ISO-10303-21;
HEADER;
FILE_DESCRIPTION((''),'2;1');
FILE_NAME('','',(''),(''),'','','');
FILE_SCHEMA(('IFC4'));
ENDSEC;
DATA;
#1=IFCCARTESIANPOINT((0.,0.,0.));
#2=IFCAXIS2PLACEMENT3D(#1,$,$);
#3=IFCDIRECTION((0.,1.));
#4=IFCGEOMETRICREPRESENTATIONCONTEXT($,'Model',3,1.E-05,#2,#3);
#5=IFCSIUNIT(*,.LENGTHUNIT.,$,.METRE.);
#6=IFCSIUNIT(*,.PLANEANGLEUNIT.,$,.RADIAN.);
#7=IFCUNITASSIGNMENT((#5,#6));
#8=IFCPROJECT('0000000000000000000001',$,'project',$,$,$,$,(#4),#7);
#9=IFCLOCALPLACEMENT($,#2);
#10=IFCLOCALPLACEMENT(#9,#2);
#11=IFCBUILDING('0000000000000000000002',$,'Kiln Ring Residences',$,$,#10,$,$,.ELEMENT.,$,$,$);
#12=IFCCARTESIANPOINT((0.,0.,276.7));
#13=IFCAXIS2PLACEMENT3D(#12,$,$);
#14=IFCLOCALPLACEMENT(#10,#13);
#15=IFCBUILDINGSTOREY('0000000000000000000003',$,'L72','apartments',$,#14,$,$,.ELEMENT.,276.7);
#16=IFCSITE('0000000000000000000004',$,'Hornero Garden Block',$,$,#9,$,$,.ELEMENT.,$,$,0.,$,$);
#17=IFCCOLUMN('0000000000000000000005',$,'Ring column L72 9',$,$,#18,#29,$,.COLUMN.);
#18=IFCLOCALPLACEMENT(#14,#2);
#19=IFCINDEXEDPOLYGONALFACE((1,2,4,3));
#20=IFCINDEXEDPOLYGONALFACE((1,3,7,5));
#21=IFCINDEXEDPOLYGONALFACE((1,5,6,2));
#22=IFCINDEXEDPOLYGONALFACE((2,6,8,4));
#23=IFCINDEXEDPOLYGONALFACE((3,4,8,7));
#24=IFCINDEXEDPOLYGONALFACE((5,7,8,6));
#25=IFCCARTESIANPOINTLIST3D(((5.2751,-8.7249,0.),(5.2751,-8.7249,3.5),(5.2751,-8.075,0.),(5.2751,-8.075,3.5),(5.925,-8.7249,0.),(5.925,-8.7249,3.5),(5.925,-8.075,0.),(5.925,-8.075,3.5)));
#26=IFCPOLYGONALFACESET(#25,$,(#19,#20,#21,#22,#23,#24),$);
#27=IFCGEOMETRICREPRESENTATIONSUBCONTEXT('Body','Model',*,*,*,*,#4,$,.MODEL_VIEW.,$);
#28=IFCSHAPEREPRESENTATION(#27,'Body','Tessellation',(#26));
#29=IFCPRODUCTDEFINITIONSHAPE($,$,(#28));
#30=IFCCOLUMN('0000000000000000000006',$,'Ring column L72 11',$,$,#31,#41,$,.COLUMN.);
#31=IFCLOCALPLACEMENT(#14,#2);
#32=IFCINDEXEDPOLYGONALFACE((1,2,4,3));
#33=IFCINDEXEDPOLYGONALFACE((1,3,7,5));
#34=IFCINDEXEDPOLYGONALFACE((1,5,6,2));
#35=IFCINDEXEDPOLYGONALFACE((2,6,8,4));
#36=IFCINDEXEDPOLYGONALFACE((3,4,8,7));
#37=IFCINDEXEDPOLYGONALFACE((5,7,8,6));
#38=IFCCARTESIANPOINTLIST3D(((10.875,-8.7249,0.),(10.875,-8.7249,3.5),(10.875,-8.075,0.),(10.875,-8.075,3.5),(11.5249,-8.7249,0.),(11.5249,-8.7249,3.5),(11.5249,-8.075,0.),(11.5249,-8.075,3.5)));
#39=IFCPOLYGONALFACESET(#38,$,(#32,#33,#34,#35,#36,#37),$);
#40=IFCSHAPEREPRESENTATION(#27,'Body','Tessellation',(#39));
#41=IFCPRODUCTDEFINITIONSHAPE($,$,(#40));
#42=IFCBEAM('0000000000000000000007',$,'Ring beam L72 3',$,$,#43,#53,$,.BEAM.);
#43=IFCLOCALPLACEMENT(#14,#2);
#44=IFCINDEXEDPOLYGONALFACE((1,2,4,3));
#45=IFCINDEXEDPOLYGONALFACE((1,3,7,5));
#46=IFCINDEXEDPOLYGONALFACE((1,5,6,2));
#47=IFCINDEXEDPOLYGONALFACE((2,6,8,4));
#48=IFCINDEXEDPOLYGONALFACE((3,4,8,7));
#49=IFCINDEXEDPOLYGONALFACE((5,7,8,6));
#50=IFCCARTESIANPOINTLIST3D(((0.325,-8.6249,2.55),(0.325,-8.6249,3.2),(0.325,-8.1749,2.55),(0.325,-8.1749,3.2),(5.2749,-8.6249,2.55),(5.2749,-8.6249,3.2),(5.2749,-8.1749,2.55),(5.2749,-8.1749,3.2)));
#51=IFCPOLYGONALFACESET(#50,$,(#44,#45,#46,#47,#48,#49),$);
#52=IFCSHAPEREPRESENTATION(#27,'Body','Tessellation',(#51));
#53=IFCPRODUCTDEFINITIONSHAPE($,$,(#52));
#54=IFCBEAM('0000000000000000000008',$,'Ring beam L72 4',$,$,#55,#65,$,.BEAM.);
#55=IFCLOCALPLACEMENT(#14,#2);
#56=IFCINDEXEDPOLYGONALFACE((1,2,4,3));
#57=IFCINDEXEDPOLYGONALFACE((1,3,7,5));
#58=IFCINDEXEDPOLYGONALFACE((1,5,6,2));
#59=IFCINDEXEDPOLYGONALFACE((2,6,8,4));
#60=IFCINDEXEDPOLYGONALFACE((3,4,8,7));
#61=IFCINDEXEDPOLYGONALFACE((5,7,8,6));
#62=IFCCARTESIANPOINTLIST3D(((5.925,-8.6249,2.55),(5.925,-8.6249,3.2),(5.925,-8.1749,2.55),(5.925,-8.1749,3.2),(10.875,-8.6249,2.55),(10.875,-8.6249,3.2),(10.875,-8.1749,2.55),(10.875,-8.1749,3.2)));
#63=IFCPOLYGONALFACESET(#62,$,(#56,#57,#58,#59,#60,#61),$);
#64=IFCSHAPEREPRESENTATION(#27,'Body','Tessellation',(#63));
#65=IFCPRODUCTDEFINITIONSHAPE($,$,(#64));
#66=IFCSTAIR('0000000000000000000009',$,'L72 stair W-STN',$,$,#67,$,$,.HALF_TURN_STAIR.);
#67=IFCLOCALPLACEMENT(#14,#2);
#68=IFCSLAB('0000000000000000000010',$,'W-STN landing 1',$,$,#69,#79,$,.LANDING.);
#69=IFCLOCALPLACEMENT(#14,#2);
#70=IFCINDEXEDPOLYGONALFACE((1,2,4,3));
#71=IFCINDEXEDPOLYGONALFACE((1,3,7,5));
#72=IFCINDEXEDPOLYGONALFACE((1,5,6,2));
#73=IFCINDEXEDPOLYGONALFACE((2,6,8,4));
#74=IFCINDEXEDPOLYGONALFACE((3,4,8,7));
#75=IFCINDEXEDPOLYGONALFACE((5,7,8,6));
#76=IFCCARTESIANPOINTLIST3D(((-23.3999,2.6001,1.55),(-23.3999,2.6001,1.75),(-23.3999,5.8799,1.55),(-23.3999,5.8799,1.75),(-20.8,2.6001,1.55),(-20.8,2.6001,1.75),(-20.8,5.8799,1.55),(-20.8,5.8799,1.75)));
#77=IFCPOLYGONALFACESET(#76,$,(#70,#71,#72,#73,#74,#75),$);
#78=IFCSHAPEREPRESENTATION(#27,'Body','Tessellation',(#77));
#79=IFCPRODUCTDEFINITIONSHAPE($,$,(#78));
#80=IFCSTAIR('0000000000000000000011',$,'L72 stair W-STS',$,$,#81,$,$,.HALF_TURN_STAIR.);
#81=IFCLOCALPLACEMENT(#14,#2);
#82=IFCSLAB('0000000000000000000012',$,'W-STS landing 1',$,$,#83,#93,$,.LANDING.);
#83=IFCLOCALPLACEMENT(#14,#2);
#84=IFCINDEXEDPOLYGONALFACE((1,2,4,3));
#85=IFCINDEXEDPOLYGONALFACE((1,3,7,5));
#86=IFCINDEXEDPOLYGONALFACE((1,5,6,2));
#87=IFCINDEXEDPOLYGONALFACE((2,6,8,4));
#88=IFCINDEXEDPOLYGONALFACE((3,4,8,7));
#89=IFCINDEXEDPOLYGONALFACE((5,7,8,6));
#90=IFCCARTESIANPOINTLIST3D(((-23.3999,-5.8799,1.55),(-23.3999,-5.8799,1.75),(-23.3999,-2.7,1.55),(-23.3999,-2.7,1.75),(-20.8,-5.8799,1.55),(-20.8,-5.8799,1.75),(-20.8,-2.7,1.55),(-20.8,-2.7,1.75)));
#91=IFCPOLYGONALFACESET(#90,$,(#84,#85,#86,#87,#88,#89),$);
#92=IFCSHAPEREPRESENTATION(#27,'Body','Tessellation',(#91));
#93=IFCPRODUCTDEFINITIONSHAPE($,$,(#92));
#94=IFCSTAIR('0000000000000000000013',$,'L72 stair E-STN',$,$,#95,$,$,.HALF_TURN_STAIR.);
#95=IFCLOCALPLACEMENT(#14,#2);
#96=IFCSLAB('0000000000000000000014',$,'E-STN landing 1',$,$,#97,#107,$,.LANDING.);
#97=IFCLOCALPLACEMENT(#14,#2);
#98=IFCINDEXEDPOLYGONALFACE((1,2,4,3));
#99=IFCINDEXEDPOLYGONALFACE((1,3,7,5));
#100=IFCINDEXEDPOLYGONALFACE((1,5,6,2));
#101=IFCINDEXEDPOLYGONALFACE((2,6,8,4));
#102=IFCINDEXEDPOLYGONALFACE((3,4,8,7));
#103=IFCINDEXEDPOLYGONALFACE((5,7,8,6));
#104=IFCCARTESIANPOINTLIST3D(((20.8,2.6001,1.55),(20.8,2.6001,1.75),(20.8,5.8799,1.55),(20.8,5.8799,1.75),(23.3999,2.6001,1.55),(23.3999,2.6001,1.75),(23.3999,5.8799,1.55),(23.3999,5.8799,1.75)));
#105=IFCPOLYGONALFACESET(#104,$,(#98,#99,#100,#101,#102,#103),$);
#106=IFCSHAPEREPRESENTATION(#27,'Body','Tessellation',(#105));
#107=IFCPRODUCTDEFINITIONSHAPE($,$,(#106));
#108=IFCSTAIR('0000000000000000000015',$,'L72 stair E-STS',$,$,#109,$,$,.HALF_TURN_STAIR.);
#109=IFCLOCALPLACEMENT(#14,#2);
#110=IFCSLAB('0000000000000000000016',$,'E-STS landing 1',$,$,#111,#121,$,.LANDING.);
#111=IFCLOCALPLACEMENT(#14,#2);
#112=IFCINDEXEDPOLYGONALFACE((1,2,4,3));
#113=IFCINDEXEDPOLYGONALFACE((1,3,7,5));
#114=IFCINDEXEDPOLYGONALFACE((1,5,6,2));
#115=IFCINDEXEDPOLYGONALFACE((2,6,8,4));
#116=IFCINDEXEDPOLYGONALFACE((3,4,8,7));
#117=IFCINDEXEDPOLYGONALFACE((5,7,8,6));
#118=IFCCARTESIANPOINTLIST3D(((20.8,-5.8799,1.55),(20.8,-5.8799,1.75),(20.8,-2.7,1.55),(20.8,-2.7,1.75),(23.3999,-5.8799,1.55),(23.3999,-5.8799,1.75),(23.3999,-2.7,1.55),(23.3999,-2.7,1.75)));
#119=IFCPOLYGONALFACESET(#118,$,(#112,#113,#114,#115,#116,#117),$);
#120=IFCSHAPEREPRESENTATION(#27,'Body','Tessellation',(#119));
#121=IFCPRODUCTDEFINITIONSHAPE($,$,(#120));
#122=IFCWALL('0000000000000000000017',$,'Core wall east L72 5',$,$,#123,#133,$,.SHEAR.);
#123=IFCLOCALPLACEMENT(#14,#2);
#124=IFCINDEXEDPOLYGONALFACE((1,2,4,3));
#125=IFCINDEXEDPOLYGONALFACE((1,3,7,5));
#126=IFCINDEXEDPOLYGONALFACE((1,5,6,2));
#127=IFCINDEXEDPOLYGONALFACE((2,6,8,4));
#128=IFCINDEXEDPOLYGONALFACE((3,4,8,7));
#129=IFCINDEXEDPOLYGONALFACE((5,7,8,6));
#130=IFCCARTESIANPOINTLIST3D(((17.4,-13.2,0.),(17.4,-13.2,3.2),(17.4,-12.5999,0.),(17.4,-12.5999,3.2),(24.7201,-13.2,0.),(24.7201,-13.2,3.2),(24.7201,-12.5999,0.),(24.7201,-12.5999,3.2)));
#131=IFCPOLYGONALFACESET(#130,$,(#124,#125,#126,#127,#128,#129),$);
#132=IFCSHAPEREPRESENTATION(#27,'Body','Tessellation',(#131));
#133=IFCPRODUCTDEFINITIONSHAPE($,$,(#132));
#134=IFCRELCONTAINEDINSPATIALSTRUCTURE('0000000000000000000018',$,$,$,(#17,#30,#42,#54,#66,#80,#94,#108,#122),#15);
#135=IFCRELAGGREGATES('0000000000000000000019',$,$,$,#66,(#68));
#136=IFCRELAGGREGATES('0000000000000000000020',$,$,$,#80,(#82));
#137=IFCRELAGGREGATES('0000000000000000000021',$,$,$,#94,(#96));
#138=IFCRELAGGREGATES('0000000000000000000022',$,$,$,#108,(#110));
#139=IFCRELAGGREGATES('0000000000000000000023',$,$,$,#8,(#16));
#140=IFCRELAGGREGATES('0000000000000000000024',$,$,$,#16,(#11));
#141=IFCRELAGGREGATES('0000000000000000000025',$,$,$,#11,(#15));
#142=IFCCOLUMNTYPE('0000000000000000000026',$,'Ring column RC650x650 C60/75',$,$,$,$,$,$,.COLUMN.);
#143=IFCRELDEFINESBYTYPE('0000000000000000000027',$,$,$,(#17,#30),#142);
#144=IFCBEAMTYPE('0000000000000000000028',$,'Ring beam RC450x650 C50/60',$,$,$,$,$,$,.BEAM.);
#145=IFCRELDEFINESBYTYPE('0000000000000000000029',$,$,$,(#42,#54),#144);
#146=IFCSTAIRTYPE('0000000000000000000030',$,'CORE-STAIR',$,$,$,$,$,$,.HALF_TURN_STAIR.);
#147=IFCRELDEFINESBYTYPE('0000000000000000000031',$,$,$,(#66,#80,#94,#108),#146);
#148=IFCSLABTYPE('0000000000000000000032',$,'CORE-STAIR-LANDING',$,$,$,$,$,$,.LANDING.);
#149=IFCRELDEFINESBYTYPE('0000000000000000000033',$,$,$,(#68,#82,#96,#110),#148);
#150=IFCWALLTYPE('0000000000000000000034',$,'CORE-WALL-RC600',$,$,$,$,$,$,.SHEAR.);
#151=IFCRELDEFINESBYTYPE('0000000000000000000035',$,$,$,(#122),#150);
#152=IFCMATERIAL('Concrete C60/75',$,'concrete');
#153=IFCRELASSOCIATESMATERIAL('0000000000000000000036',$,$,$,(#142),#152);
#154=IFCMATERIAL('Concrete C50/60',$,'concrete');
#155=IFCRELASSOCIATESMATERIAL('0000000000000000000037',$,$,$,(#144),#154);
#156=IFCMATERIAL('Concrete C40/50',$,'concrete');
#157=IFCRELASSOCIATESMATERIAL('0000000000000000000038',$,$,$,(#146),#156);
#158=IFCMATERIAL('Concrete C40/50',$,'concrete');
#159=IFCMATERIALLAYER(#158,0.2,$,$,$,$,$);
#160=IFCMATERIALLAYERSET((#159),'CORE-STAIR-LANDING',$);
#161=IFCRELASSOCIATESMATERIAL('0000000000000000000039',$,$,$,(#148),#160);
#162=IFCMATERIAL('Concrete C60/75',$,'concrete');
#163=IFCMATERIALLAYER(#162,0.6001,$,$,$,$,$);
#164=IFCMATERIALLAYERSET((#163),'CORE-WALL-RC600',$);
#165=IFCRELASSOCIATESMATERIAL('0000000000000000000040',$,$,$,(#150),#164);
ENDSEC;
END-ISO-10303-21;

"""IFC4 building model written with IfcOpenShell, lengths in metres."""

from ifc_helpers import new_model, si_unit, direction, frame, frame_2d, origin, origin_2d, place, context, subcontext, project, spatial, polyline, rectangle, outline, extrude, material, layer, layer_set, material_profile, profile_set, type_object, element, aggregate, save


model = new_model("IFC4")

# Units and contexts
model_context = context("Model", 3, precision=1e-05, world=origin(), true_north=direction((0.0, 1.0)))
body_context = subcontext(model_context, "Body", "Model", "MODEL_VIEW")
ifc_project = project(units=[si_unit("LENGTHUNIT", "METRE"), si_unit("PLANEANGLEUNIT", "RADIAN")], contexts=[model_context])

# Site, building, storey
site_placement = place(None, origin())
site = spatial("IfcSite", under=ifc_project, at=site_placement, Name="Hornero Garden Block", CompositionType="ELEMENT", RefElevation=0.0)
building_placement = place(site_placement, origin())
building = spatial("IfcBuilding", under=site, at=building_placement, Name="Kiln Ring Residences", CompositionType="ELEMENT")
storey_placement = place(building_placement, frame((0.0, 0.0, 276.7)))
storey = spatial("IfcBuildingStorey", under=building, at=storey_placement, Name="L72", Description="apartments", CompositionType="ELEMENT", Elevation=276.7)

# Columns
ifc_material_1 = material(Name="Concrete C60/75", Category="concrete")
ifc_material_profile_1 = material_profile(ifc_material_1, rectangle(XDim=0.6499, YDim=0.6499, at=origin_2d()), Name="RC650x650")
ifc_profile_set_1 = profile_set([ifc_material_profile_1], Name="Concrete C60/75")
column_type = type_object("IfcColumnType", Name="Ring column RC650x650 C60/75", PredefinedType="COLUMN", material=ifc_profile_set_1)
for number, where, z_axis, x_axis, name in (
    (1, (5.6001, -8.3999, 0.0), (0.0, 0.0, 1.0), (1.0, 0.0, 0.0), "Ring column L72 9"),
    (2, (11.2, -8.3999, 0.0), (0.0, 0.0, 1.0), (1.0, 0.0, 0.0), "Ring column L72 11"),
):
    element("IfcColumn", number, at=place(storey_placement, frame(where, z_axis=z_axis, x_axis=x_axis)), inside=storey, type_object=column_type, Name=name, PredefinedType="COLUMN", context=body_context, shape_type="SweptSolid", body=[
        extrude(rectangle(XDim=0.6499, YDim=0.6499, at=origin_2d()), origin(), (0.0, 0.0, 1.0), 3.5),
    ])

# Beams
ifc_material_2 = material(Name="Concrete C50/60", Category="concrete")
ifc_material_profile_2 = material_profile(ifc_material_2, rectangle(XDim=0.45, YDim=0.6499, at=origin_2d()), Name="RC450x650")
ifc_profile_set_2 = profile_set([ifc_material_profile_2], Name="Concrete C50/60")
beam_type = type_object("IfcBeamType", Name="Ring beam RC450x650 C50/60", PredefinedType="BEAM", material=ifc_profile_set_2)
for number, where, z_axis, x_axis, name in (
    (3, (0.325, -8.3999, 2.875), (1.0, 0.0, 0.0), (0.0, 1.0, 0.0), "Ring beam L72 3"),
    (4, (5.925, -8.3999, 2.875), (1.0, 0.0, 0.0), (0.0, 1.0, 0.0), "Ring beam L72 4"),
):
    element("IfcBeam", number, at=place(storey_placement, frame(where, z_axis=z_axis, x_axis=x_axis)), inside=storey, type_object=beam_type, Name=name, PredefinedType="BEAM", context=body_context, shape_type="SweptSolid", body=[
        extrude(rectangle(XDim=0.45, YDim=0.6499, at=origin_2d()), origin(), (0.0, 0.0, 1.0), 4.95),
    ])

# Stairs, slabs
ifc_material_3 = material(Name="Concrete C40/50", Category="concrete")
stair_type = type_object("IfcStairType", Name="CORE-STAIR", PredefinedType="HALF_TURN_STAIR", material=ifc_material_3)
placement_1 = place(storey_placement, origin())
stair_1 = element("IfcStair", 5, at=placement_1, inside=storey, type_object=stair_type, Name="L72 stair W-STN", PredefinedType="HALF_TURN_STAIR")
ifc_material_4 = material(Name="Concrete C40/50", Category="concrete")
ifc_layer_1 = layer(ifc_material_4, 0.2)
ifc_layer_set_1 = layer_set([ifc_layer_1], Name="CORE-STAIR-LANDING")
slab_type = type_object("IfcSlabType", Name="CORE-STAIR-LANDING", PredefinedType="LANDING", material=ifc_layer_set_1)
placement_2 = place(storey_placement, frame((0.0, 0.0, 1.55)))
slab_1 = element("IfcSlab", 6, at=placement_2, type_object=slab_type, Name="W-STN landing 1", PredefinedType="LANDING", context=body_context, shape_type="SweptSolid", body=[
    extrude(outline(polyline([(-23.3999, 5.8799), (-23.3999, 2.6001), (-20.8, 2.6001), (-20.8, 5.8799), (-23.3999, 5.8799)])), origin(), (0.0, 0.0, 1.0), 0.2),
])
aggregate(stair_1, [slab_1])
stair_2 = element("IfcStair", 7, at=placement_1, inside=storey, type_object=stair_type, Name="L72 stair W-STS", PredefinedType="HALF_TURN_STAIR")
slab_2 = element("IfcSlab", 8, at=placement_2, type_object=slab_type, Name="W-STS landing 1", PredefinedType="LANDING", context=body_context, shape_type="SweptSolid", body=[
    extrude(outline(polyline([(-20.8, -5.8799), (-20.8, -2.7), (-23.3999, -2.7), (-23.3999, -5.8799), (-20.8, -5.8799)])), origin(), (0.0, 0.0, 1.0), 0.2),
])
aggregate(stair_2, [slab_2])
stair_3 = element("IfcStair", 9, at=placement_1, inside=storey, type_object=stair_type, Name="L72 stair E-STN", PredefinedType="HALF_TURN_STAIR")
slab_3 = element("IfcSlab", 10, at=placement_2, type_object=slab_type, Name="E-STN landing 1", PredefinedType="LANDING", context=body_context, shape_type="SweptSolid", body=[
    extrude(outline(polyline([(20.8, 5.8799), (20.8, 2.6001), (23.3999, 2.6001), (23.3999, 5.8799), (20.8, 5.8799)])), origin(), (0.0, 0.0, 1.0), 0.2),
])
aggregate(stair_3, [slab_3])
stair_4 = element("IfcStair", 11, at=placement_1, inside=storey, type_object=stair_type, Name="L72 stair E-STS", PredefinedType="HALF_TURN_STAIR")
slab_4 = element("IfcSlab", 12, at=placement_2, type_object=slab_type, Name="E-STS landing 1", PredefinedType="LANDING", context=body_context, shape_type="SweptSolid", body=[
    extrude(outline(polyline([(23.3999, -5.8799), (23.3999, -2.7), (20.8, -2.7), (20.8, -5.8799), (23.3999, -5.8799)])), origin(), (0.0, 0.0, 1.0), 0.2),
])
aggregate(stair_4, [slab_4])

# Wall
ifc_material_5 = material(Name="Concrete C60/75", Category="concrete")
ifc_layer_2 = layer(ifc_material_5, 0.6001)
ifc_layer_set_2 = layer_set([ifc_layer_2], Name="CORE-WALL-RC600")
wall_type_1 = type_object("IfcWallType", Name="CORE-WALL-RC600", PredefinedType="SHEAR", material=ifc_layer_set_2)
wall_1_placement = place(storey_placement, frame((17.3999, -12.8999, 0.0), z_axis=(0.0, 0.0, 1.0), x_axis=(1.0, 0.0, 0.0)))
element("IfcWall", 13, at=wall_1_placement, inside=storey, type_object=wall_type_1, Name="Core wall east L72 5", PredefinedType="SHEAR", context=body_context, shape_type="SweptSolid", body=[
    extrude(rectangle(XDim=7.3201, YDim=0.6001, at=frame_2d((3.6602, 0.0))), origin(), (0.0, 0.0, 1.0), 3.2),
])

save(model, "model.ifc")
